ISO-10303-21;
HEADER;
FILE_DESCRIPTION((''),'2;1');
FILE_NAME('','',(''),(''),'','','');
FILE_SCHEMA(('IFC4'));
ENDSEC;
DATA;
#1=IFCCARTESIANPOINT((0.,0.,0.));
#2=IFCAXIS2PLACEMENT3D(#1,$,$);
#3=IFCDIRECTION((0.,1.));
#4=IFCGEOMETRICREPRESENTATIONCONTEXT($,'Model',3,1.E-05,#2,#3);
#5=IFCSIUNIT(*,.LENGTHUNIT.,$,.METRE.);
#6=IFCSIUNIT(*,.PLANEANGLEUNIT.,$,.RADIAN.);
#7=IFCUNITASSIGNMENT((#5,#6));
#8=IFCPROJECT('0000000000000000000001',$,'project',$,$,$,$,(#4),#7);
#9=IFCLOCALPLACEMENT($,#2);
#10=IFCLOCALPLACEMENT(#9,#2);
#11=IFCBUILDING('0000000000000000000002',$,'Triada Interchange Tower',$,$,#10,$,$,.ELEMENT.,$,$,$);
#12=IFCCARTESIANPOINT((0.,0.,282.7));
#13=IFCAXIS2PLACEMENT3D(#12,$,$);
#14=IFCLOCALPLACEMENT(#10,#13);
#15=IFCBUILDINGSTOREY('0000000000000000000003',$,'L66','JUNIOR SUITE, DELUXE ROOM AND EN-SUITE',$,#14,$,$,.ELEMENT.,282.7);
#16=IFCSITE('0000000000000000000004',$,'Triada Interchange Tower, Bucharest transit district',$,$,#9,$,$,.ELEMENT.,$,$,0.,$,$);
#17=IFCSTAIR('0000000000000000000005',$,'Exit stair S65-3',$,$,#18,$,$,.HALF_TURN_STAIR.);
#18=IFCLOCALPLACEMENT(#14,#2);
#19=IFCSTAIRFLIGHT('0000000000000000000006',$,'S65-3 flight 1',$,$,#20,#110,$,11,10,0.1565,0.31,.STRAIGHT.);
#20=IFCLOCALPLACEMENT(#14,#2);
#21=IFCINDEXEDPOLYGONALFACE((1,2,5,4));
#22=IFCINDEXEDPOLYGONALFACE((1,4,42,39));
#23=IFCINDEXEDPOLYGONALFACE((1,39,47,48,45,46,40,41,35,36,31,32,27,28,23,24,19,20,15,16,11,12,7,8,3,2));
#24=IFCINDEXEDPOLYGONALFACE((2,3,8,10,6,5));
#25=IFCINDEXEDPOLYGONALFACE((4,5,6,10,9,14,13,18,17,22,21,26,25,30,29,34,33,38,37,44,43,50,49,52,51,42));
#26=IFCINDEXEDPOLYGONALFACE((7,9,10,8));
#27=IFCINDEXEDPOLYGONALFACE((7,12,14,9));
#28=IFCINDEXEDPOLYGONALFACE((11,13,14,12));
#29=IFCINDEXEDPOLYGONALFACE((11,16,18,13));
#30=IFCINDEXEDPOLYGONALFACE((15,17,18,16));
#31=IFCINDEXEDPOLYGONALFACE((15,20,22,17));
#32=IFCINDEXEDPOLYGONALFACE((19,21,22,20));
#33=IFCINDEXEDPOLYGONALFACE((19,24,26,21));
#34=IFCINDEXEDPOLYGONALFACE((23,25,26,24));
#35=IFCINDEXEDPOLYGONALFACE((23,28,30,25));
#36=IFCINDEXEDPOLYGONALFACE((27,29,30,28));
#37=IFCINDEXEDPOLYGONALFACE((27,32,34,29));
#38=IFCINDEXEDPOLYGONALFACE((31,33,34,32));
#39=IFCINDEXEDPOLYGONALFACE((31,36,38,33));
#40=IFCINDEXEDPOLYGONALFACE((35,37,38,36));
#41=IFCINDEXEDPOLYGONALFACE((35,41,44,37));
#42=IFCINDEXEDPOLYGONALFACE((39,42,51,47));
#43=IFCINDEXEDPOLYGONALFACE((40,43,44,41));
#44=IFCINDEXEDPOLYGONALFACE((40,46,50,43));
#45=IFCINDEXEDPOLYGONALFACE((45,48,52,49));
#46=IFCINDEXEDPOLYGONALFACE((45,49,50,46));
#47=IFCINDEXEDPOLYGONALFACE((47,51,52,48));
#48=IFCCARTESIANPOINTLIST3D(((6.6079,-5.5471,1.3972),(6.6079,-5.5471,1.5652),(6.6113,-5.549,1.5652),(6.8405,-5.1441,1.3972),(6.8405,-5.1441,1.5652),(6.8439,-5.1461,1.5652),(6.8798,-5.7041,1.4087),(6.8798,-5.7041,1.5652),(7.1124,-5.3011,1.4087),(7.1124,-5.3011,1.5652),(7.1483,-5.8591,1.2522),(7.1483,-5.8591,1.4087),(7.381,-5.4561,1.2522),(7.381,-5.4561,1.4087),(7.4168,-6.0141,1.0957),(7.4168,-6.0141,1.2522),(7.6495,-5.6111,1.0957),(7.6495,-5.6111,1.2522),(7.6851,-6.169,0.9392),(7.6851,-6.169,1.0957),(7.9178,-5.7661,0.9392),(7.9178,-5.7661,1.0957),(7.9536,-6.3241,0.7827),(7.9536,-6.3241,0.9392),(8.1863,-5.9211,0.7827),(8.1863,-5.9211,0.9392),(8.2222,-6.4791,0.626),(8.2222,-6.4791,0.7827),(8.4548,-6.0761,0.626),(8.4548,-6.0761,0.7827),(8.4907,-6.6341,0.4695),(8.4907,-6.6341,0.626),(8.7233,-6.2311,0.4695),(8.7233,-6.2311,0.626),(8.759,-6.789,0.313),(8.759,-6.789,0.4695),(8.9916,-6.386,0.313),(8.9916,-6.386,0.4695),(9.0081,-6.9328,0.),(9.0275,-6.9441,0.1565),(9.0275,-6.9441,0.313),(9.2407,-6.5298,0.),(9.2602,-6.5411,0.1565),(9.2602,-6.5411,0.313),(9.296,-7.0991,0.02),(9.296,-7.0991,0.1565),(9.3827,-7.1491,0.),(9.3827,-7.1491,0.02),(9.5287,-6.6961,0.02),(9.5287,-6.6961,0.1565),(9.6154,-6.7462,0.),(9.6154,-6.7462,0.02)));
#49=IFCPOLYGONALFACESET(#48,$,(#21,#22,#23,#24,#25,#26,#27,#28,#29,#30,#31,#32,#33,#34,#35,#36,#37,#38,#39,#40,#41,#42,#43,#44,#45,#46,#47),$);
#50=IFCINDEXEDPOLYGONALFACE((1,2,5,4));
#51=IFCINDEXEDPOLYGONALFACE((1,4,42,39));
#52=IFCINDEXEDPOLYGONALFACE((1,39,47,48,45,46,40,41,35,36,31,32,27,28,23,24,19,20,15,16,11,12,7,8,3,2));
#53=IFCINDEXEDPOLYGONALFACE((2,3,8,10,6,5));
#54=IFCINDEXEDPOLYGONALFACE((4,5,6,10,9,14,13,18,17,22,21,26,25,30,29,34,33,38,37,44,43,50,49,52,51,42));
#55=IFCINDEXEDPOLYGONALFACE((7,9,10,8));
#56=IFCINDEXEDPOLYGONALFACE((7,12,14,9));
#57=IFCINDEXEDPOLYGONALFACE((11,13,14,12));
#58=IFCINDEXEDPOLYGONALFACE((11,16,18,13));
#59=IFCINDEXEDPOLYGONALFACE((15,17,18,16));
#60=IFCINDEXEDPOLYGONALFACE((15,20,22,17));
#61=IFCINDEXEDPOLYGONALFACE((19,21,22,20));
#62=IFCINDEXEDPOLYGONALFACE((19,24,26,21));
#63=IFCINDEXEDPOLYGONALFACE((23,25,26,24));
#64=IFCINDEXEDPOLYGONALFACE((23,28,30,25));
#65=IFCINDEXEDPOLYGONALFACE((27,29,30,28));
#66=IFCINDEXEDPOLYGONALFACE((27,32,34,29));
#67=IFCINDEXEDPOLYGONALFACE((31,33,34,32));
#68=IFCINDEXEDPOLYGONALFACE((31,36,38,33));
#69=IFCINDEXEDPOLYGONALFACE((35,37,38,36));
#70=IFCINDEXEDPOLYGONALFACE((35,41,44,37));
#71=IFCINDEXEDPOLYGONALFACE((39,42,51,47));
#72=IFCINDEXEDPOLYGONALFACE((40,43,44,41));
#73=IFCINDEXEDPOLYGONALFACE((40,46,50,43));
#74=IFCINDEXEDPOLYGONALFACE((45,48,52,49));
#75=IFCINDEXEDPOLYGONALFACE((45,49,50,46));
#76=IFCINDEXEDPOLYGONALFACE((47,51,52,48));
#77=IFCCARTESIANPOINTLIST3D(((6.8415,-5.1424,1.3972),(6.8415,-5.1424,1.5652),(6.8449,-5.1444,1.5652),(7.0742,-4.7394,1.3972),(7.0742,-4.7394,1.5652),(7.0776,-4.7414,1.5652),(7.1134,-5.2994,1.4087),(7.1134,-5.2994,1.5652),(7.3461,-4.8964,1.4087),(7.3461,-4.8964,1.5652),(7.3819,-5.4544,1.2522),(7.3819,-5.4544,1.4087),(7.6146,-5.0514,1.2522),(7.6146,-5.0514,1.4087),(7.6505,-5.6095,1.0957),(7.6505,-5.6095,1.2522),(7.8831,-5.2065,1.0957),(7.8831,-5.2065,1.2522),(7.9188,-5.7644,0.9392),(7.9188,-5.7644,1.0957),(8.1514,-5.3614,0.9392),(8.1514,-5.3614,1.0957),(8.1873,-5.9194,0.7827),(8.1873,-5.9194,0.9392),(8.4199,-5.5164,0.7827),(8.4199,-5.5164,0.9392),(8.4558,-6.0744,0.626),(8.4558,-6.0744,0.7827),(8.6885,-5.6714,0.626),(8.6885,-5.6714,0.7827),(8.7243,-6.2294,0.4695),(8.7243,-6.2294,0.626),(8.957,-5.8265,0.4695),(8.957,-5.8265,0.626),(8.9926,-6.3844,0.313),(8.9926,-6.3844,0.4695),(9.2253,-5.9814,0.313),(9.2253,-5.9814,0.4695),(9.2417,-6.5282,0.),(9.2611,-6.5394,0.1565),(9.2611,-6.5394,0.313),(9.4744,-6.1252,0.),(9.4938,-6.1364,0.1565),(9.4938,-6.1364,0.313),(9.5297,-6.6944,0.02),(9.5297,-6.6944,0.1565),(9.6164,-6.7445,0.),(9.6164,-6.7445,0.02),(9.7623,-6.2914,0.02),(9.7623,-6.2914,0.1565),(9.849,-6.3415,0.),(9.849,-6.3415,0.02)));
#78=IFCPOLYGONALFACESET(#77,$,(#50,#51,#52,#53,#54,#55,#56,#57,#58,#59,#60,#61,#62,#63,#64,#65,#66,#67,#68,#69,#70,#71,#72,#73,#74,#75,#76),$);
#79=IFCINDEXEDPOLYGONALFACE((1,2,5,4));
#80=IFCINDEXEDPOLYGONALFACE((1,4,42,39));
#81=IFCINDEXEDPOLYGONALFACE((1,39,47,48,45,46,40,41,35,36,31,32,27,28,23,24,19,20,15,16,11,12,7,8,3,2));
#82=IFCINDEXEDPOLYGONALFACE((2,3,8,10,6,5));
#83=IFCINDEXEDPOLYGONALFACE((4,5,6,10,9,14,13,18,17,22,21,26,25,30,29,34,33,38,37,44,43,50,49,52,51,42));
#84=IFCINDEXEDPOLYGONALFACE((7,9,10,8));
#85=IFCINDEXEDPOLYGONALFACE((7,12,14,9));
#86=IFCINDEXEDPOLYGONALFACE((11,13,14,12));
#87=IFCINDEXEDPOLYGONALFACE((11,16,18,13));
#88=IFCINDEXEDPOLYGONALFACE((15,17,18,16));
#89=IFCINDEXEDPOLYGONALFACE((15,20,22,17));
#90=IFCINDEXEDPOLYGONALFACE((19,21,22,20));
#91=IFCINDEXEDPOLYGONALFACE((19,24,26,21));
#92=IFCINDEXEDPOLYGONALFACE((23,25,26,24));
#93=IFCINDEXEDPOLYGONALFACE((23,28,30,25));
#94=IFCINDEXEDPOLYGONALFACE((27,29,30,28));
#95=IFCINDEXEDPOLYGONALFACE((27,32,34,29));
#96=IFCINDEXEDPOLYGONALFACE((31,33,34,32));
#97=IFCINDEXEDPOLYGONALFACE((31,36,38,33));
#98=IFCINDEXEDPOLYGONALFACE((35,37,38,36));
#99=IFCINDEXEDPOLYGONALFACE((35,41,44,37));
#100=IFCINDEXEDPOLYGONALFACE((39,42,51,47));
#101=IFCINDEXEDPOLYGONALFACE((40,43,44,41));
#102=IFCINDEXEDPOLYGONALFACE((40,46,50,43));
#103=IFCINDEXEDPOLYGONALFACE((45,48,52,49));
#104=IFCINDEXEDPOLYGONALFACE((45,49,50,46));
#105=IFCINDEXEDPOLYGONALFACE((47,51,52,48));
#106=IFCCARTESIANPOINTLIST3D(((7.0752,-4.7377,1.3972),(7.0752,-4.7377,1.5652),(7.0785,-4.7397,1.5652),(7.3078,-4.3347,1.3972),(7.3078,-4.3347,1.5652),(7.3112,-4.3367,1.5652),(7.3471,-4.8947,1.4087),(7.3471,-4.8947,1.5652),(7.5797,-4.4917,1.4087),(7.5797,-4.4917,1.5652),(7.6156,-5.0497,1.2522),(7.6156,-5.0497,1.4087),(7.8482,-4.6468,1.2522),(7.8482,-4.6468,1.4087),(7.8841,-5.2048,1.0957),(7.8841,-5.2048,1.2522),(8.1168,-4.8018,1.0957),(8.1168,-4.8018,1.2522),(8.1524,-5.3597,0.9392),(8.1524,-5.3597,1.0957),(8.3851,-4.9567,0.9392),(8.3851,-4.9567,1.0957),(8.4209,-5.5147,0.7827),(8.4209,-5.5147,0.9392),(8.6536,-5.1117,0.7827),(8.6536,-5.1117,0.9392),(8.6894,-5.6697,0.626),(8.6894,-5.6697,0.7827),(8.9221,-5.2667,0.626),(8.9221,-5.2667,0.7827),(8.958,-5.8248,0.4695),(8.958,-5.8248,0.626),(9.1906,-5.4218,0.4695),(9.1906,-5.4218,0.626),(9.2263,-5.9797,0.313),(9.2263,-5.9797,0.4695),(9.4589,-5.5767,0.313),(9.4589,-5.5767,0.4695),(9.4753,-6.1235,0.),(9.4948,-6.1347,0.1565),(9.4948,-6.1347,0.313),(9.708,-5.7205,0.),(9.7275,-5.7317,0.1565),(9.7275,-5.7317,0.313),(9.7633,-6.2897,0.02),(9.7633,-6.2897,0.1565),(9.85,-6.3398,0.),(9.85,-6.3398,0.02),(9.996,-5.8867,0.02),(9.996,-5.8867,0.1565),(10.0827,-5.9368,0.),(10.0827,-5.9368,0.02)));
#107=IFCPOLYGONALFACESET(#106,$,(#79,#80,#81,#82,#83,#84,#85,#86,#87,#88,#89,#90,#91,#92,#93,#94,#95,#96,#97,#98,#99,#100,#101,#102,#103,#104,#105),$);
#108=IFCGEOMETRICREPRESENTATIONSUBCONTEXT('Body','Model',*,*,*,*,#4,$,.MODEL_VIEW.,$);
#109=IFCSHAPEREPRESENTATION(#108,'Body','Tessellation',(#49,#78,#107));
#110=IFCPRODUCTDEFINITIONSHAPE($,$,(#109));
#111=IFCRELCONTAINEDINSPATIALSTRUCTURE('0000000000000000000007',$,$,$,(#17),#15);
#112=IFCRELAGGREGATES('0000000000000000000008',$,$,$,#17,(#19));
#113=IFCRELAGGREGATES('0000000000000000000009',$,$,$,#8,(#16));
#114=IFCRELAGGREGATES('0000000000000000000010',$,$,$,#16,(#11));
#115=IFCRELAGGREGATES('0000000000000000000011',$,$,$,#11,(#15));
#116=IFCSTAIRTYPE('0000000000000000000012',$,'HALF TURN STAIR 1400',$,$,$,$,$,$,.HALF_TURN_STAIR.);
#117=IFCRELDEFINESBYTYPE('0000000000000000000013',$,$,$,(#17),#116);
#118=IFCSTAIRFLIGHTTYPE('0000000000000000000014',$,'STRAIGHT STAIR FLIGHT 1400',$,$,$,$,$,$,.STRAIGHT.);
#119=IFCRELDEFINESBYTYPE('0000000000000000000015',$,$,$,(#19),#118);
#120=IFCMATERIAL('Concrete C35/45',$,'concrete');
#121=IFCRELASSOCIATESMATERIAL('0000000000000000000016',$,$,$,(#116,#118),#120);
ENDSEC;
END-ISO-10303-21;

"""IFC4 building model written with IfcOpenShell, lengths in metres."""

from ifc_helpers import new_model, si_unit, direction, frame, origin, place, context, subcontext, project, spatial, polyline, outline, extrude, material, type_object, element, aggregate, save


model = new_model("IFC4")

# Units and contexts
model_context = context("Model", 3, precision=1e-05, world=origin(), true_north=direction((0.0, 1.0)))
body_context = subcontext(model_context, "Body", "Model", "MODEL_VIEW")
ifc_project = project(units=[si_unit("LENGTHUNIT", "METRE"), si_unit("PLANEANGLEUNIT", "RADIAN")], contexts=[model_context])

# Site, building, storey
site_placement = place(None, origin())
site = spatial("IfcSite", under=ifc_project, at=site_placement, Name="Triada Interchange Tower, Bucharest transit district", CompositionType="ELEMENT", RefElevation=0.0)
building_placement = place(site_placement, origin())
building = spatial("IfcBuilding", under=site, at=building_placement, Name="Triada Interchange Tower", CompositionType="ELEMENT")
storey_placement = place(building_placement, frame((0.0, 0.0, 282.7)))
storey = spatial("IfcBuildingStorey", under=building, at=storey_placement, Name="L66", Description="JUNIOR SUITE, DELUXE ROOM AND EN-SUITE", CompositionType="ELEMENT", Elevation=282.7)

# Stair, stair flight
ifc_material_1 = material(Name="Concrete C35/45", Category="concrete")
stair_type = type_object("IfcStairType", Name="HALF TURN STAIR 1400", PredefinedType="HALF_TURN_STAIR", material=ifc_material_1)
stair_placement = place(storey_placement, origin())
stair = element("IfcStair", 1, at=stair_placement, inside=storey, type_object=stair_type, Name="Exit stair S65-3", PredefinedType="HALF_TURN_STAIR")
stair_flight_type = type_object("IfcStairFlightType", Name="STRAIGHT STAIR FLIGHT 1400", PredefinedType="STRAIGHT", material=ifc_material_1)
stair_flight_1_placement = place(storey_placement, frame((9.646, -6.4929, 0.0), z_axis=(0.0, 0.0, 1.0), x_axis=(-0.866025, 0.5, 0.0)))
stair_flight_1 = element("IfcStairFlight", 2, at=stair_flight_1_placement, type_object=stair_flight_type, Name="S65-3 flight 1", NumberOfRisers=11, NumberOfTreads=10, PredefinedType="STRAIGHT", RiserHeight=0.1565, TreadLength=0.31, context=body_context, shape_type="SweptSolid", body=[
    extrude(outline(polyline([(-0.1001, 0.0), (-0.1001, 0.02), (0.0, 0.02), (0.0, 0.1565), (0.3101, 0.1565), (0.3101, 0.313), (0.6201, 0.313), (0.6201, 0.4695), (0.9299, 0.4695), (0.9299, 0.626), (1.24, 0.626), (1.24, 0.7827), (1.55, 0.7827), (1.55, 0.9392), (1.8601, 0.9392), (1.8601, 1.0957), (2.1699, 1.0957), (2.1699, 1.2522), (2.48, 1.2522), (2.48, 1.4087), (2.79, 1.4087), (2.79, 1.5652), (3.1001, 1.5652), (3.104, 1.5652), (3.104, 1.7217), (3.104, 1.3972), (0.3325, 0.0), (-0.1001, 0.0)])), frame((0.0, 0.7, 0.0), z_axis=(0.0, -1.0, 0.0), x_axis=(1.0, 0.0, 0.0)), (0.0, 0.0, 1.0), 0.4653),
    extrude(outline(polyline([(-0.1001, 0.0), (-0.1001, 0.02), (0.0, 0.02), (0.0, 0.1565), (0.3101, 0.1565), (0.3101, 0.313), (0.6201, 0.313), (0.6201, 0.4695), (0.9299, 0.4695), (0.9299, 0.626), (1.24, 0.626), (1.24, 0.7827), (1.55, 0.7827), (1.55, 0.9392), (1.8601, 0.9392), (1.8601, 1.0957), (2.1699, 1.0957), (2.1699, 1.2522), (2.48, 1.2522), (2.48, 1.4087), (2.79, 1.4087), (2.79, 1.5652), (3.1001, 1.5652), (3.104, 1.5652), (3.104, 1.7217), (3.104, 1.3972), (0.3325, 0.0), (-0.1001, 0.0)])), frame((0.0, 0.2327, 0.0), z_axis=(0.0, -1.0, 0.0), x_axis=(1.0, 0.0, 0.0)), (0.0, 0.0, 1.0), 0.4653),
    extrude(outline(polyline([(-0.1001, 0.0), (-0.1001, 0.02), (0.0, 0.02), (0.0, 0.1565), (0.3101, 0.1565), (0.3101, 0.313), (0.6201, 0.313), (0.6201, 0.4695), (0.9299, 0.4695), (0.9299, 0.626), (1.24, 0.626), (1.24, 0.7827), (1.55, 0.7827), (1.55, 0.9392), (1.8601, 0.9392), (1.8601, 1.0957), (2.1699, 1.0957), (2.1699, 1.2522), (2.48, 1.2522), (2.48, 1.4087), (2.79, 1.4087), (2.79, 1.5652), (3.1001, 1.5652), (3.104, 1.5652), (3.104, 1.7217), (3.104, 1.3972), (0.3325, 0.0), (-0.1001, 0.0)])), frame((0.0, -0.2346, 0.0), z_axis=(0.0, -1.0, 0.0), x_axis=(1.0, 0.0, 0.0)), (0.0, 0.0, 1.0), 0.4653),
])
aggregate(stair, [stair_flight_1])

save(model, "model.ifc")
